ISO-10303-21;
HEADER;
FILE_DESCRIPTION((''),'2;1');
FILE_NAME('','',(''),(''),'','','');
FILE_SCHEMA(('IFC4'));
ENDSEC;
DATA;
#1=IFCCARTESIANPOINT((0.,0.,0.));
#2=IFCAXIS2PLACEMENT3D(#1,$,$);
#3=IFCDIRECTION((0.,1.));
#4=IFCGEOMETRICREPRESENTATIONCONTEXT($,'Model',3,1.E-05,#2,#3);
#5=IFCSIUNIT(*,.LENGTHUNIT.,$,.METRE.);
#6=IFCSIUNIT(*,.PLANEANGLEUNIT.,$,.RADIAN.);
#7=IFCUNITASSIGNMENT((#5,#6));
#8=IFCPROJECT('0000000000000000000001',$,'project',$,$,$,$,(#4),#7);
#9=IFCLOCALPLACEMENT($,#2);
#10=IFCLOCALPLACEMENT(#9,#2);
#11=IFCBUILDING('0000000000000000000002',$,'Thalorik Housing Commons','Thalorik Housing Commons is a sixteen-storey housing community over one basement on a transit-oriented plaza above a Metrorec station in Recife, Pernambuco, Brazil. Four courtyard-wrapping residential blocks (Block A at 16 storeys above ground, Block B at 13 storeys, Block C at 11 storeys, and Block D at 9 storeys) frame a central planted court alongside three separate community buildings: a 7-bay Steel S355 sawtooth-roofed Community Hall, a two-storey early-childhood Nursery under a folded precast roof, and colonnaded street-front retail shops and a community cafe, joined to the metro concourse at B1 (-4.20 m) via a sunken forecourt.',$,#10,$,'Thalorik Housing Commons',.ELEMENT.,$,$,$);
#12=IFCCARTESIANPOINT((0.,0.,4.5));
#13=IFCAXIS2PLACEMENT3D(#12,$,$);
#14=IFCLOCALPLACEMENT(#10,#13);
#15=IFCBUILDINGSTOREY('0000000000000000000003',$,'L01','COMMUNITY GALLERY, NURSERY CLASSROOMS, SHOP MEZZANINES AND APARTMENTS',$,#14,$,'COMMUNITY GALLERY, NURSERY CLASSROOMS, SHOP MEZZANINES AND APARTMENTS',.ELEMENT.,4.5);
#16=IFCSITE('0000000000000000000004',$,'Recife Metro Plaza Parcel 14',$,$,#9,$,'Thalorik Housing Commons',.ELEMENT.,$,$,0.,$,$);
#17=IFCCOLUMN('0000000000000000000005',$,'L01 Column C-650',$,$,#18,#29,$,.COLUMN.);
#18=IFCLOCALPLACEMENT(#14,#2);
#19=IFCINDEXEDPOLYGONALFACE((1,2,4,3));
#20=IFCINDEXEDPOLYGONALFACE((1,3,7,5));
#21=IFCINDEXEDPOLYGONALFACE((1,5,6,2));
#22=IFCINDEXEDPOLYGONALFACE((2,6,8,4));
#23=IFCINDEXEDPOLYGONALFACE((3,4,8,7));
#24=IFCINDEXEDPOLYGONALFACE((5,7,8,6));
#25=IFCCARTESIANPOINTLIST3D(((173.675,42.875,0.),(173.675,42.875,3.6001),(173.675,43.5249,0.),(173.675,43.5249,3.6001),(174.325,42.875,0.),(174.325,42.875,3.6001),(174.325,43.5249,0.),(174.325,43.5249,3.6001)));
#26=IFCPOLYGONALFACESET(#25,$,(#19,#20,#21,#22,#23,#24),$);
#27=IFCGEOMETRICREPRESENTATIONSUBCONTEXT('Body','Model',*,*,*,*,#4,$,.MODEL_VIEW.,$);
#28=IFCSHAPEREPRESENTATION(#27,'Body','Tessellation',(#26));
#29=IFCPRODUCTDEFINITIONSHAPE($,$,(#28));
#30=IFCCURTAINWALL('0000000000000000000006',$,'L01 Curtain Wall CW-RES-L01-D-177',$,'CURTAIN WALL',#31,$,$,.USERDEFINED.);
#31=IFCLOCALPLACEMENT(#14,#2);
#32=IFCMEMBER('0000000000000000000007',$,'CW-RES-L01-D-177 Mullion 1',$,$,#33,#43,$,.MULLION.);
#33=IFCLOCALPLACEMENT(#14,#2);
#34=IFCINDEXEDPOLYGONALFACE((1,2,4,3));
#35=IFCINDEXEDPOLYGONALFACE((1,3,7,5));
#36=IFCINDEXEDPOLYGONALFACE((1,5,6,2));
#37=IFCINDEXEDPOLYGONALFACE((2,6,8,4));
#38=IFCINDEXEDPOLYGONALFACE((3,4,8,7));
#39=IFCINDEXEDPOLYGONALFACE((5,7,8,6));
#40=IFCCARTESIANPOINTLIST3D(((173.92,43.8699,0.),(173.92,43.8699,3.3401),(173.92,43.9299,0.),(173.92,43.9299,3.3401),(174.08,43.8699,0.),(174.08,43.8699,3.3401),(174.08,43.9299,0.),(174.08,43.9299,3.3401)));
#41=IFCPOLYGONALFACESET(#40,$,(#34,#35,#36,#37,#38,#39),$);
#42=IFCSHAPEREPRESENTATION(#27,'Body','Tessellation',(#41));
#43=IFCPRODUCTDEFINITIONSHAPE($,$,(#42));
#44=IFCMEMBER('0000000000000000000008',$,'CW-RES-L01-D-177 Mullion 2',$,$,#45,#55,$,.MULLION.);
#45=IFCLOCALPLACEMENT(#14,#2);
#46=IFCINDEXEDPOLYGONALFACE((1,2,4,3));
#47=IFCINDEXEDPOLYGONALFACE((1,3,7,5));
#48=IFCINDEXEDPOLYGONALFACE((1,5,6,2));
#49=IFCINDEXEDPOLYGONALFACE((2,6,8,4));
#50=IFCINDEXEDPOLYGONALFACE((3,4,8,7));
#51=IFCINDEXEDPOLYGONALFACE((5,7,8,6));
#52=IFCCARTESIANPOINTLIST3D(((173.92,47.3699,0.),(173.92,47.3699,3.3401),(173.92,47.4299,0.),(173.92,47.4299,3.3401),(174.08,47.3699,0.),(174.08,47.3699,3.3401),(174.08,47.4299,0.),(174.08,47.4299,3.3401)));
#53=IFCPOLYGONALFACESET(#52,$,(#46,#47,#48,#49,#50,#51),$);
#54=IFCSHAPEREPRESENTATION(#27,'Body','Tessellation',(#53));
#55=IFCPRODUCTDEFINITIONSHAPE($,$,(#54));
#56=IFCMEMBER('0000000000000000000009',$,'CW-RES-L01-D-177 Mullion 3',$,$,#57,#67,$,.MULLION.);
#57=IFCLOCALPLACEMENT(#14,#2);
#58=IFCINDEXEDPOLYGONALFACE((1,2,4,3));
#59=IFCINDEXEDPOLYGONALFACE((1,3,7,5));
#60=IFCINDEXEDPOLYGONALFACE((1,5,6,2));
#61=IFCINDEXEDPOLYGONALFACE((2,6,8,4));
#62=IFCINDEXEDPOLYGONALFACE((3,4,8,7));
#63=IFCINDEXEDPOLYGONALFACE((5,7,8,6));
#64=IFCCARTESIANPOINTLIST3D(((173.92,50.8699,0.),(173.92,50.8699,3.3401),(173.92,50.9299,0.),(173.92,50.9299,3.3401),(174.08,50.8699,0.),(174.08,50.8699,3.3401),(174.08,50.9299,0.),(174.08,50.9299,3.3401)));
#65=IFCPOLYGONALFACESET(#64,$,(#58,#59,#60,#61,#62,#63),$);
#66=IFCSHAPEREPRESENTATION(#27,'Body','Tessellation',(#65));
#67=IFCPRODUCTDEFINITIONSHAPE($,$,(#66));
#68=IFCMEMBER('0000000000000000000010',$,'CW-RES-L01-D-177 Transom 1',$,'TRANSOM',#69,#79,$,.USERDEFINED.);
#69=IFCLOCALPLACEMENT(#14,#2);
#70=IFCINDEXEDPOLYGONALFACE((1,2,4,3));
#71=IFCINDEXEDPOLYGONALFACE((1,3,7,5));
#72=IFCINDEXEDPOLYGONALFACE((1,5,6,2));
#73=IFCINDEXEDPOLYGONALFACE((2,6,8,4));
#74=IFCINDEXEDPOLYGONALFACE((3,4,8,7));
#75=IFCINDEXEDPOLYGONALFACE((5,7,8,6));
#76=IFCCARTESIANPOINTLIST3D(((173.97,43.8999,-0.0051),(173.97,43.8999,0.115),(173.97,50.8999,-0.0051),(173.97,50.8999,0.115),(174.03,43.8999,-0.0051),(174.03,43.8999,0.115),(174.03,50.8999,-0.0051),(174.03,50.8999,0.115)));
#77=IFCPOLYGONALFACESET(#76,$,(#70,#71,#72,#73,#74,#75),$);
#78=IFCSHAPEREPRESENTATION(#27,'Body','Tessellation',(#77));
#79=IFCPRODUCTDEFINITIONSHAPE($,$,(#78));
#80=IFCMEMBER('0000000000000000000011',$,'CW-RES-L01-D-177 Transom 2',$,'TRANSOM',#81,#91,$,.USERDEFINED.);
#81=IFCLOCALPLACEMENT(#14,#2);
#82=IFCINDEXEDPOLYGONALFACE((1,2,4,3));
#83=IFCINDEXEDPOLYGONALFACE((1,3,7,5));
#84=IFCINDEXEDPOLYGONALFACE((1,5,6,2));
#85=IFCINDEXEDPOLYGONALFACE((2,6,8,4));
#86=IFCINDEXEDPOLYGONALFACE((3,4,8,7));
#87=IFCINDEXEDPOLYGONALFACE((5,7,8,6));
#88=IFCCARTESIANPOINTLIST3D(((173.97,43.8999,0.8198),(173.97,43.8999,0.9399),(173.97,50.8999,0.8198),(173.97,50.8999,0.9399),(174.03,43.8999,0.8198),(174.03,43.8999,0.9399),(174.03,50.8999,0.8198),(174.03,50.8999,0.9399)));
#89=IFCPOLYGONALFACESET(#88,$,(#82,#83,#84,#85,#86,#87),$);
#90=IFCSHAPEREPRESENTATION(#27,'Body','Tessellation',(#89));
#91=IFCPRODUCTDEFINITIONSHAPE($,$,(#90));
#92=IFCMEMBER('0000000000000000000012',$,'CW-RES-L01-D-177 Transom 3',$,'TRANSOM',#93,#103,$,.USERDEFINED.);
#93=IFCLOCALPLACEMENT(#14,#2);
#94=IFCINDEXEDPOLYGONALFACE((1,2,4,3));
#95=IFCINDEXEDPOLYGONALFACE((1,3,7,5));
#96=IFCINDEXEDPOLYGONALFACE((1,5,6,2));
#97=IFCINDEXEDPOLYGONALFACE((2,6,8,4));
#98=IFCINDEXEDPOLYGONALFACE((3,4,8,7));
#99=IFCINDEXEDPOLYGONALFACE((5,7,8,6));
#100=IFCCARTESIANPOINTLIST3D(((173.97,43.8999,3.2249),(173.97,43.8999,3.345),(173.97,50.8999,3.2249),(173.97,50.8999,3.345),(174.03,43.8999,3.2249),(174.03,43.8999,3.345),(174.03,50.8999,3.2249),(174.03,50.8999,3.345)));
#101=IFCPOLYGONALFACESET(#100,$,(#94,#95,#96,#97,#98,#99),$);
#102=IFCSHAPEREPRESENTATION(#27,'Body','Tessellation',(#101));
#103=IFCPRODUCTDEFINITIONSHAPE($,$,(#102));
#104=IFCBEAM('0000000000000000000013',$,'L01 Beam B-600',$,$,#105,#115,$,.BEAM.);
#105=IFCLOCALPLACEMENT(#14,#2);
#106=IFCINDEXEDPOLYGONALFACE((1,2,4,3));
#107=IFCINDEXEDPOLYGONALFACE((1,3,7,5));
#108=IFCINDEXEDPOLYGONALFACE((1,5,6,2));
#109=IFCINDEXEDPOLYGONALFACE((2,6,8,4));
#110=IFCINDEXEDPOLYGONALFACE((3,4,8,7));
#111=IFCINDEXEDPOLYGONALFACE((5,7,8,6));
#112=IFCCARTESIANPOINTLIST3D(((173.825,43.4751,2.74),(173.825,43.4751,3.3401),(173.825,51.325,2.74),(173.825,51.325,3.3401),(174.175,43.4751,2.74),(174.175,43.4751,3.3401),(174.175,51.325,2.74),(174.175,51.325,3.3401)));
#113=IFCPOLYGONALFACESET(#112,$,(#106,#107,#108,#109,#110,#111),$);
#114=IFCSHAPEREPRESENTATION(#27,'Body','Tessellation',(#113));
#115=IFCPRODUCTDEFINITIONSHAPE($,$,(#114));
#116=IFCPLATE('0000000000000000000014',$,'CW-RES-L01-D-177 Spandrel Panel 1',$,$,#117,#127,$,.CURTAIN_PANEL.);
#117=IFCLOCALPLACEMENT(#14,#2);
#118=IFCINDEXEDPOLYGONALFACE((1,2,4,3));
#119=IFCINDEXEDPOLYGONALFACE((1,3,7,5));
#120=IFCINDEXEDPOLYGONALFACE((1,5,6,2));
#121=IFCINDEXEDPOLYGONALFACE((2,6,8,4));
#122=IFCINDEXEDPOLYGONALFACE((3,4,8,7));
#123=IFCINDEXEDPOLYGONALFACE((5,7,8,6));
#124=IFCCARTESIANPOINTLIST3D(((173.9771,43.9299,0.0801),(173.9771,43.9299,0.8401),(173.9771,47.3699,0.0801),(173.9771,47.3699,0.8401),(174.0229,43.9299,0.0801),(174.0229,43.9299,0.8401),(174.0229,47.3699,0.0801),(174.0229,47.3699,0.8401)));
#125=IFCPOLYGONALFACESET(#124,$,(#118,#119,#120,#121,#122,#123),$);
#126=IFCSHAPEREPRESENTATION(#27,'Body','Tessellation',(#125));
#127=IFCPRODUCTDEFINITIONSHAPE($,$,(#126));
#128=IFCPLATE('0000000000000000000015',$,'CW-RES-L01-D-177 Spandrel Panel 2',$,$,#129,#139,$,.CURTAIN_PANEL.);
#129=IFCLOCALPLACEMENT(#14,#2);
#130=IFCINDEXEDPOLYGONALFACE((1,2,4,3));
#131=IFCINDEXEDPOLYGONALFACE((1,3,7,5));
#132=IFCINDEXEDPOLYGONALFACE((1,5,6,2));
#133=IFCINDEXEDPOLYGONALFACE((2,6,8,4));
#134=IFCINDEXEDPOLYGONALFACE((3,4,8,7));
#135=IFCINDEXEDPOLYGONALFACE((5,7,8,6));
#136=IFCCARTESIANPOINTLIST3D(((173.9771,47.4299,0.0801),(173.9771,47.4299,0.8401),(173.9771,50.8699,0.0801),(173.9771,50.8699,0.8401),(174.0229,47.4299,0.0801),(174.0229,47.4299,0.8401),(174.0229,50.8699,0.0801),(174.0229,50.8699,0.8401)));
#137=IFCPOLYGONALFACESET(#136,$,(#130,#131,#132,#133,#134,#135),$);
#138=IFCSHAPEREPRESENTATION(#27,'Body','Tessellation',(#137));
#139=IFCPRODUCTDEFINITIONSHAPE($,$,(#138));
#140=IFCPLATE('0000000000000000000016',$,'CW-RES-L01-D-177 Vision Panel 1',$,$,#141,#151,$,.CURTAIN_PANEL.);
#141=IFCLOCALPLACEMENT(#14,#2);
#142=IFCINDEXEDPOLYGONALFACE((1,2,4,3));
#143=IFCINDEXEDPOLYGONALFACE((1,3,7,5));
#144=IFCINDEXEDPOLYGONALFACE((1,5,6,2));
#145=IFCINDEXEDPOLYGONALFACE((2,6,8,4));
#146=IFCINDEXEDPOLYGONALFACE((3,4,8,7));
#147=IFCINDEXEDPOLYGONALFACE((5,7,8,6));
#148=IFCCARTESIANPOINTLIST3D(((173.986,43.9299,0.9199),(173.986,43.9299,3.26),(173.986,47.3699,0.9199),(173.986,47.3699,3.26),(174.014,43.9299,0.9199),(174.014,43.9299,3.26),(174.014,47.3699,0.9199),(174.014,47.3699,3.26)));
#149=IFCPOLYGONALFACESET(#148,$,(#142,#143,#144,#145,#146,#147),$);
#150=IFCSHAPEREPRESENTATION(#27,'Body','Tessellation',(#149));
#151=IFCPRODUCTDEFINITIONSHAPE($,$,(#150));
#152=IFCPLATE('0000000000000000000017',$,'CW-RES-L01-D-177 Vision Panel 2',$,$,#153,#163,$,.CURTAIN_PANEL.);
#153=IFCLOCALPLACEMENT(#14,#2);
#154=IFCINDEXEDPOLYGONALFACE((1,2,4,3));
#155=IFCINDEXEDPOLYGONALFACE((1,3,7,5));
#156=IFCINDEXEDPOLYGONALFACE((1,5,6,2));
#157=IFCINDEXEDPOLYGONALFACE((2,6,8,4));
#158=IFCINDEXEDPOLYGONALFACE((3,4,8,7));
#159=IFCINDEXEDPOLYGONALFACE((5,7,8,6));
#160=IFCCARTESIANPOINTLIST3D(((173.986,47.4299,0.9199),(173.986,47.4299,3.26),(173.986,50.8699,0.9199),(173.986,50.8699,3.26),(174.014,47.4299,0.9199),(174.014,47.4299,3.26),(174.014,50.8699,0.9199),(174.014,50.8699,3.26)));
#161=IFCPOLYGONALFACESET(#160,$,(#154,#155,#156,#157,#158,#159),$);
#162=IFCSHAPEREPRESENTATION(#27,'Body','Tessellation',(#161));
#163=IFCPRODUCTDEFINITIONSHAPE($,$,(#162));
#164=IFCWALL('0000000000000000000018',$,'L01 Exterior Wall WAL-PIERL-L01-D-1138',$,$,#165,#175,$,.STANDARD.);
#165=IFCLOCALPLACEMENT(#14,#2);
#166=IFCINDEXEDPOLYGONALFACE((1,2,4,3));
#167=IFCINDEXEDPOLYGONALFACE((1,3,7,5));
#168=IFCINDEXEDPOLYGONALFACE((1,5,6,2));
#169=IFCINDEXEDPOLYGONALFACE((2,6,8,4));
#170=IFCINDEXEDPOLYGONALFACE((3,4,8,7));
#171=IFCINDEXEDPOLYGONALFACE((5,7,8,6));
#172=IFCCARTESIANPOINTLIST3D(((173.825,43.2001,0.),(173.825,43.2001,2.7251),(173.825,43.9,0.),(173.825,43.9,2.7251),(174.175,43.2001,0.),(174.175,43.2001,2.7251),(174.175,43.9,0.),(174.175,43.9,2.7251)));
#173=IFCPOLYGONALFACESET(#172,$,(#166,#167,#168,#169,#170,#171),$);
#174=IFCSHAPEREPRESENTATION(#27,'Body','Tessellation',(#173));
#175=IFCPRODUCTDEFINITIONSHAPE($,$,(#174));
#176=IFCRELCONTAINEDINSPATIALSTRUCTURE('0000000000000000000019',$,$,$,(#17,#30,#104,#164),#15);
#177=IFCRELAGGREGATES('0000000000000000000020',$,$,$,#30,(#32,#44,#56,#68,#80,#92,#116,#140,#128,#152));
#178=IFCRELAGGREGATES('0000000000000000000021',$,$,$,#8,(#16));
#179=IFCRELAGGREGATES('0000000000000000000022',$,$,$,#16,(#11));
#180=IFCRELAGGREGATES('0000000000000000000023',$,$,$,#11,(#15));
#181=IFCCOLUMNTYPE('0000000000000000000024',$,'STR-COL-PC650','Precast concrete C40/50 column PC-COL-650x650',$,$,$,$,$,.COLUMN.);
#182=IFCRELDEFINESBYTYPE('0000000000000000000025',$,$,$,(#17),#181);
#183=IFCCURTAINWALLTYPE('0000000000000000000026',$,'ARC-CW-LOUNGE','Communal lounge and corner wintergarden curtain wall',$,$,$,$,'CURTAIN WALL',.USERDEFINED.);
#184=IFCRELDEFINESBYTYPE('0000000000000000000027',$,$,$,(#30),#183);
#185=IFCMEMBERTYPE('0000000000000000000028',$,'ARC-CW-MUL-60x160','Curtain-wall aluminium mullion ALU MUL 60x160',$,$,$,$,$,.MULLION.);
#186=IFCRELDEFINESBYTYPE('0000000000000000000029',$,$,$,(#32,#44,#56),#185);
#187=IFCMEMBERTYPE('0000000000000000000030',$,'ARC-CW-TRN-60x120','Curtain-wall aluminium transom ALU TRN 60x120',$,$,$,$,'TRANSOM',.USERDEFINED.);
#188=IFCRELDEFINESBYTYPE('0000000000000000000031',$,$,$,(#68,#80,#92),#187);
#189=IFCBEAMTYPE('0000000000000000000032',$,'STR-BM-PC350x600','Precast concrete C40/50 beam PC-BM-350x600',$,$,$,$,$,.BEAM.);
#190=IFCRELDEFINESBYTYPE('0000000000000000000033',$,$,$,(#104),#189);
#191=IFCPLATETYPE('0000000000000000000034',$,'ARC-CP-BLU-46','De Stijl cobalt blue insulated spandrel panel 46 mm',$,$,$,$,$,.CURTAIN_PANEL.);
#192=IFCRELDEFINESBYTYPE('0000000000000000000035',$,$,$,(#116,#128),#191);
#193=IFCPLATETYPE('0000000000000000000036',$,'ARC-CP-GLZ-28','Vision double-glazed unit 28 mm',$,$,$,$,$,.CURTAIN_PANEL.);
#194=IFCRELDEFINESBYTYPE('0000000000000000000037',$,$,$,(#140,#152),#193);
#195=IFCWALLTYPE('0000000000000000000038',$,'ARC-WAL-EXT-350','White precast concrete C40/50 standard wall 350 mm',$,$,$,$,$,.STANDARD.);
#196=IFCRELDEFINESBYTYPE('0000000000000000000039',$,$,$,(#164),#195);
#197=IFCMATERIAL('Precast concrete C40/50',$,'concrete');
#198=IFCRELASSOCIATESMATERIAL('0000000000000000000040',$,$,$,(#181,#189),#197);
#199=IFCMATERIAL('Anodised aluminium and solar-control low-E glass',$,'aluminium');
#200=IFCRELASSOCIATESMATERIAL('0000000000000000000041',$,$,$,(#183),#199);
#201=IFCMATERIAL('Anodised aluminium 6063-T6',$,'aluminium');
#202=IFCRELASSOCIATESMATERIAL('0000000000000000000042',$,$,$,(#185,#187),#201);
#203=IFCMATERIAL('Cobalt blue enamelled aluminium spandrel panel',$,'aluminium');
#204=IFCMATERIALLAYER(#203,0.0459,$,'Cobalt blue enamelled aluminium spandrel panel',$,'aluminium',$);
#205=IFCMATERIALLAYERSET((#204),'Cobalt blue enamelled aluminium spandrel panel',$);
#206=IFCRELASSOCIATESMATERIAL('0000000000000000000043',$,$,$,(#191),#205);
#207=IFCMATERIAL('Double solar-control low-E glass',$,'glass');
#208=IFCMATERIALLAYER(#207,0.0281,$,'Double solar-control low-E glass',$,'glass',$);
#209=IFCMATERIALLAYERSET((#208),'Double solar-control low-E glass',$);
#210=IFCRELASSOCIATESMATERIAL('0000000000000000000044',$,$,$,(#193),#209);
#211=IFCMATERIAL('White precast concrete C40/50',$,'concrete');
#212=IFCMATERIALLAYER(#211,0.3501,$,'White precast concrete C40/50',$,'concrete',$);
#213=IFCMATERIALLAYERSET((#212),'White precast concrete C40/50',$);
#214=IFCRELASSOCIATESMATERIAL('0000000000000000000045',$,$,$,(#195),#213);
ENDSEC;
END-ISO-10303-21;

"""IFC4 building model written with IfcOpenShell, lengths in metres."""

from ifc_helpers import new_model, si_unit, direction, frame, frame_2d, origin, origin_2d, place, context, subcontext, project, spatial, rectangle, extrude, material, layer, layer_set, material_profile, profile_set, type_object, element, aggregate, save


model = new_model("IFC4")

# Units and contexts
model_context = context("Model", 3, precision=1e-05, world=origin(), true_north=direction((0.0, 1.0)))
body_context = subcontext(model_context, "Body", "Model", "MODEL_VIEW")
ifc_project = project(units=[si_unit("LENGTHUNIT", "METRE"), si_unit("PLANEANGLEUNIT", "RADIAN")], contexts=[model_context])

# Site, building, storey
site_placement = place(None, origin())
site = spatial("IfcSite", under=ifc_project, at=site_placement, Name="Recife Metro Plaza Parcel 14", LongName="Thalorik Housing Commons", CompositionType="ELEMENT", RefElevation=0.0)
building_placement = place(site_placement, origin())
building = spatial("IfcBuilding", under=site, at=building_placement, Name="Thalorik Housing Commons", Description="Thalorik Housing Commons is a sixteen-storey housing community over one basement on a transit-oriented plaza above a Metrorec station in Recife, Pernambuco, Brazil. Four courtyard-wrapping residential blocks (Block A at 16 storeys above ground, Block B at 13 storeys, Block C at 11 storeys, and Block D at 9 storeys) frame a central planted court alongside three separate community buildings: a 7-bay Steel S355 sawtooth-roofed Community Hall, a two-storey early-childhood Nursery under a folded precast roof, and colonnaded street-front retail shops and a community cafe, joined to the metro concourse at B1 (-4.20 m) via a sunken forecourt.", LongName="Thalorik Housing Commons", CompositionType="ELEMENT")
storey_placement = place(building_placement, frame((0.0, 0.0, 4.5)))
storey = spatial("IfcBuildingStorey", under=building, at=storey_placement, Name="L01", Description="COMMUNITY GALLERY, NURSERY CLASSROOMS, SHOP MEZZANINES AND APARTMENTS", LongName="COMMUNITY GALLERY, NURSERY CLASSROOMS, SHOP MEZZANINES AND APARTMENTS", CompositionType="ELEMENT", Elevation=4.5)

# Column
ifc_material_1 = material(Name="Precast concrete C40/50", Category="concrete")
ifc_material_profile_1 = material_profile(ifc_material_1, rectangle(XDim=0.6499, YDim=0.6499, at=origin_2d()), Name="PC 650x650", Category="concrete")
ifc_profile_set_1 = profile_set([ifc_material_profile_1], Name="Precast concrete C40/50")
column_type = type_object("IfcColumnType", Name="STR-COL-PC650", Description="Precast concrete C40/50 column PC-COL-650x650", PredefinedType="COLUMN", material=ifc_profile_set_1)
column_placement = place(storey_placement, frame((174.0, 43.2, 0.0), z_axis=(0.0, 0.0, 1.0), x_axis=(1.0, 0.0, 0.0)))
element("IfcColumn", 1, at=column_placement, inside=storey, type_object=column_type, Name="L01 Column C-650", PredefinedType="COLUMN", context=body_context, shape_type="SweptSolid", body=[
    extrude(rectangle(XDim=0.6499, YDim=0.6499, at=origin_2d()), origin(), (0.0, 0.0, 1.0), 3.6001),
])

# Curtain wall, members
ifc_material_2 = material(Name="Anodised aluminium and solar-control low-E glass", Category="aluminium")
curtain_wall_type = type_object("IfcCurtainWallType", Name="ARC-CW-LOUNGE", Description="Communal lounge and corner wintergarden curtain wall", ElementType="CURTAIN WALL", PredefinedType="USERDEFINED", material=ifc_material_2)
curtain_wall_placement = place(storey_placement, origin())
curtain_wall = element("IfcCurtainWall", 2, at=curtain_wall_placement, inside=storey, type_object=curtain_wall_type, Name="L01 Curtain Wall CW-RES-L01-D-177", ObjectType="CURTAIN WALL", PredefinedType="USERDEFINED")
ifc_material_3 = material(Name="Anodised aluminium 6063-T6", Category="aluminium")
ifc_material_profile_2 = material_profile(ifc_material_3, rectangle(XDim=0.0601, YDim=0.1599, at=origin_2d()), Name="ALU MUL 60x160", Category="aluminium")
ifc_profile_set_2 = profile_set([ifc_material_profile_2], Name="Anodised aluminium 6063-T6")
member_type_1 = type_object("IfcMemberType", Name="ARC-CW-MUL-60x160", Description="Curtain-wall aluminium mullion ALU MUL 60x160", PredefinedType="MULLION", material=ifc_profile_set_2)
member_1_placement = place(storey_placement, frame((174.0, 43.8999, 0.0), z_axis=(0.0, 0.0, 1.0), x_axis=(0.0, 1.0, 0.0)))
member_1 = element("IfcMember", 3, at=member_1_placement, type_object=member_type_1, Name="CW-RES-L01-D-177 Mullion 1", PredefinedType="MULLION", context=body_context, shape_type="SweptSolid", body=[
    extrude(rectangle(XDim=0.0601, YDim=0.1599, at=origin_2d()), origin(), (0.0, 0.0, 1.0), 3.3401),
])
member_2_placement = place(storey_placement, frame((174.0, 47.3999, 0.0), z_axis=(0.0, 0.0, 1.0), x_axis=(0.0, 1.0, 0.0)))
member_2 = element("IfcMember", 4, at=member_2_placement, type_object=member_type_1, Name="CW-RES-L01-D-177 Mullion 2", PredefinedType="MULLION", context=body_context, shape_type="SweptSolid", body=[
    extrude(rectangle(XDim=0.0601, YDim=0.1599, at=origin_2d()), origin(), (0.0, 0.0, 1.0), 3.3401),
])
member_3_placement = place(storey_placement, frame((174.0, 50.8999, 0.0), z_axis=(0.0, 0.0, 1.0), x_axis=(0.0, 1.0, 0.0)))
member_3 = element("IfcMember", 5, at=member_3_placement, type_object=member_type_1, Name="CW-RES-L01-D-177 Mullion 3", PredefinedType="MULLION", context=body_context, shape_type="SweptSolid", body=[
    extrude(rectangle(XDim=0.0601, YDim=0.1599, at=origin_2d()), origin(), (0.0, 0.0, 1.0), 3.3401),
])
ifc_material_profile_3 = material_profile(ifc_material_3, rectangle(XDim=0.0601, YDim=0.1201, at=origin_2d()), Name="ALU TRN 60x120", Category="aluminium")
ifc_profile_set_3 = profile_set([ifc_material_profile_3], Name="Anodised aluminium 6063-T6")
member_type_2 = type_object("IfcMemberType", Name="ARC-CW-TRN-60x120", Description="Curtain-wall aluminium transom ALU TRN 60x120", ElementType="TRANSOM", PredefinedType="USERDEFINED", material=ifc_profile_set_3)
member_4_placement = place(storey_placement, frame((174.0, 43.8999, 0.0549), z_axis=(0.0, 1.0, 0.0), x_axis=(-1.0, 0.0, 0.0)))
member_4 = element("IfcMember", 6, at=member_4_placement, type_object=member_type_2, Name="CW-RES-L01-D-177 Transom 1", ObjectType="TRANSOM", PredefinedType="USERDEFINED", context=body_context, shape_type="SweptSolid", body=[
    extrude(rectangle(XDim=0.0601, YDim=0.1201, at=origin_2d()), origin(), (0.0, 0.0, 1.0), 7.0),
])
member_5_placement = place(storey_placement, frame((174.0, 43.8999, 0.8799), z_axis=(0.0, 1.0, 0.0), x_axis=(-1.0, 0.0, 0.0)))
member_5 = element("IfcMember", 7, at=member_5_placement, type_object=member_type_2, Name="CW-RES-L01-D-177 Transom 2", ObjectType="TRANSOM", PredefinedType="USERDEFINED", context=body_context, shape_type="SweptSolid", body=[
    extrude(rectangle(XDim=0.0601, YDim=0.1201, at=origin_2d()), origin(), (0.0, 0.0, 1.0), 7.0),
])
member_6_placement = place(storey_placement, frame((174.0, 43.8999, 3.2849), z_axis=(0.0, 1.0, 0.0), x_axis=(-1.0, 0.0, 0.0)))
member_6 = element("IfcMember", 8, at=member_6_placement, type_object=member_type_2, Name="CW-RES-L01-D-177 Transom 3", ObjectType="TRANSOM", PredefinedType="USERDEFINED", context=body_context, shape_type="SweptSolid", body=[
    extrude(rectangle(XDim=0.0601, YDim=0.1201, at=origin_2d()), origin(), (0.0, 0.0, 1.0), 7.0),
])

# Beam
ifc_material_profile_4 = material_profile(ifc_material_1, rectangle(XDim=0.3501, YDim=0.6001, at=origin_2d()), Name="PC 350x600", Category="concrete")
ifc_profile_set_4 = profile_set([ifc_material_profile_4], Name="Precast concrete C40/50")
beam_type = type_object("IfcBeamType", Name="STR-BM-PC350x600", Description="Precast concrete C40/50 beam PC-BM-350x600", PredefinedType="BEAM", material=ifc_profile_set_4)
beam_placement = place(storey_placement, frame((174.0, 43.4751, 3.04), z_axis=(0.0, 1.0, 0.0), x_axis=(-1.0, 0.0, 0.0)))
element("IfcBeam", 9, at=beam_placement, inside=storey, type_object=beam_type, Name="L01 Beam B-600", PredefinedType="BEAM", context=body_context, shape_type="SweptSolid", body=[
    extrude(rectangle(XDim=0.3501, YDim=0.6001, at=origin_2d()), origin(), (0.0, 0.0, 1.0), 7.8499),
])

# Plates
ifc_material_4 = material(Name="Cobalt blue enamelled aluminium spandrel panel", Category="aluminium")
ifc_layer_1 = layer(ifc_material_4, 0.0459, Name="Cobalt blue enamelled aluminium spandrel panel", Category="aluminium")
ifc_layer_set_1 = layer_set([ifc_layer_1], Name="Cobalt blue enamelled aluminium spandrel panel")
plate_type_1 = type_object("IfcPlateType", Name="ARC-CP-BLU-46", Description="De Stijl cobalt blue insulated spandrel panel 46 mm", PredefinedType="CURTAIN_PANEL", material=ifc_layer_set_1)
plate_1_placement = place(storey_placement, frame((174.0, 45.6499, 0.0801), z_axis=(0.0, 0.0, 1.0), x_axis=(0.0, 1.0, 0.0)))
plate_1 = element("IfcPlate", 10, at=plate_1_placement, type_object=plate_type_1, Name="CW-RES-L01-D-177 Spandrel Panel 1", PredefinedType="CURTAIN_PANEL", context=body_context, shape_type="SweptSolid", body=[
    extrude(rectangle(XDim=3.4399, YDim=0.0459, at=origin_2d()), origin(), (0.0, 0.0, 1.0), 0.76),
])
plate_2_placement = place(storey_placement, frame((174.0, 49.1499, 0.0801), z_axis=(0.0, 0.0, 1.0), x_axis=(0.0, 1.0, 0.0)))
plate_2 = element("IfcPlate", 11, at=plate_2_placement, type_object=plate_type_1, Name="CW-RES-L01-D-177 Spandrel Panel 2", PredefinedType="CURTAIN_PANEL", context=body_context, shape_type="SweptSolid", body=[
    extrude(rectangle(XDim=3.4399, YDim=0.0459, at=origin_2d()), origin(), (0.0, 0.0, 1.0), 0.76),
])
ifc_material_5 = material(Name="Double solar-control low-E glass", Category="glass")
ifc_layer_2 = layer(ifc_material_5, 0.0281, Name="Double solar-control low-E glass", Category="glass")
ifc_layer_set_2 = layer_set([ifc_layer_2], Name="Double solar-control low-E glass")
plate_type_2 = type_object("IfcPlateType", Name="ARC-CP-GLZ-28", Description="Vision double-glazed unit 28 mm", PredefinedType="CURTAIN_PANEL", material=ifc_layer_set_2)
plate_3_placement = place(storey_placement, frame((174.0, 45.6499, 0.9199), z_axis=(0.0, 0.0, 1.0), x_axis=(0.0, 1.0, 0.0)))
plate_3 = element("IfcPlate", 12, at=plate_3_placement, type_object=plate_type_2, Name="CW-RES-L01-D-177 Vision Panel 1", PredefinedType="CURTAIN_PANEL", context=body_context, shape_type="SweptSolid", body=[
    extrude(rectangle(XDim=3.4399, YDim=0.0281, at=origin_2d()), origin(), (0.0, 0.0, 1.0), 2.3401),
])
plate_4_placement = place(storey_placement, frame((174.0, 49.1499, 0.9199), z_axis=(0.0, 0.0, 1.0), x_axis=(0.0, 1.0, 0.0)))
plate_4 = element("IfcPlate", 13, at=plate_4_placement, type_object=plate_type_2, Name="CW-RES-L01-D-177 Vision Panel 2", PredefinedType="CURTAIN_PANEL", context=body_context, shape_type="SweptSolid", body=[
    extrude(rectangle(XDim=3.4399, YDim=0.0281, at=origin_2d()), origin(), (0.0, 0.0, 1.0), 2.3401),
])
aggregate(curtain_wall, [member_1, member_2, member_3, member_4, member_5, member_6, plate_1, plate_3, plate_2, plate_4])

# Wall
ifc_material_6 = material(Name="White precast concrete C40/50", Category="concrete")
ifc_layer_3 = layer(ifc_material_6, 0.3501, Name="White precast concrete C40/50", Category="concrete")
ifc_layer_set_3 = layer_set([ifc_layer_3], Name="White precast concrete C40/50")
wall_type = type_object("IfcWallType", Name="ARC-WAL-EXT-350", Description="White precast concrete C40/50 standard wall 350 mm", PredefinedType="STANDARD", material=ifc_layer_set_3)
wall_1_placement = place(storey_placement, frame((174.0, 43.2, 0.0), z_axis=(0.0, 0.0, 1.0), x_axis=(0.0, 1.0, 0.0)))
element("IfcWall", 14, at=wall_1_placement, inside=storey, type_object=wall_type, Name="L01 Exterior Wall WAL-PIERL-L01-D-1138", PredefinedType="STANDARD", context=body_context, shape_type="SweptSolid", body=[
    extrude(rectangle(XDim=0.7, YDim=0.3501, at=frame_2d((0.3501, 0.0))), origin(), (0.0, 0.0, 1.0), 2.7251),
])

save(model, "model.ifc")
